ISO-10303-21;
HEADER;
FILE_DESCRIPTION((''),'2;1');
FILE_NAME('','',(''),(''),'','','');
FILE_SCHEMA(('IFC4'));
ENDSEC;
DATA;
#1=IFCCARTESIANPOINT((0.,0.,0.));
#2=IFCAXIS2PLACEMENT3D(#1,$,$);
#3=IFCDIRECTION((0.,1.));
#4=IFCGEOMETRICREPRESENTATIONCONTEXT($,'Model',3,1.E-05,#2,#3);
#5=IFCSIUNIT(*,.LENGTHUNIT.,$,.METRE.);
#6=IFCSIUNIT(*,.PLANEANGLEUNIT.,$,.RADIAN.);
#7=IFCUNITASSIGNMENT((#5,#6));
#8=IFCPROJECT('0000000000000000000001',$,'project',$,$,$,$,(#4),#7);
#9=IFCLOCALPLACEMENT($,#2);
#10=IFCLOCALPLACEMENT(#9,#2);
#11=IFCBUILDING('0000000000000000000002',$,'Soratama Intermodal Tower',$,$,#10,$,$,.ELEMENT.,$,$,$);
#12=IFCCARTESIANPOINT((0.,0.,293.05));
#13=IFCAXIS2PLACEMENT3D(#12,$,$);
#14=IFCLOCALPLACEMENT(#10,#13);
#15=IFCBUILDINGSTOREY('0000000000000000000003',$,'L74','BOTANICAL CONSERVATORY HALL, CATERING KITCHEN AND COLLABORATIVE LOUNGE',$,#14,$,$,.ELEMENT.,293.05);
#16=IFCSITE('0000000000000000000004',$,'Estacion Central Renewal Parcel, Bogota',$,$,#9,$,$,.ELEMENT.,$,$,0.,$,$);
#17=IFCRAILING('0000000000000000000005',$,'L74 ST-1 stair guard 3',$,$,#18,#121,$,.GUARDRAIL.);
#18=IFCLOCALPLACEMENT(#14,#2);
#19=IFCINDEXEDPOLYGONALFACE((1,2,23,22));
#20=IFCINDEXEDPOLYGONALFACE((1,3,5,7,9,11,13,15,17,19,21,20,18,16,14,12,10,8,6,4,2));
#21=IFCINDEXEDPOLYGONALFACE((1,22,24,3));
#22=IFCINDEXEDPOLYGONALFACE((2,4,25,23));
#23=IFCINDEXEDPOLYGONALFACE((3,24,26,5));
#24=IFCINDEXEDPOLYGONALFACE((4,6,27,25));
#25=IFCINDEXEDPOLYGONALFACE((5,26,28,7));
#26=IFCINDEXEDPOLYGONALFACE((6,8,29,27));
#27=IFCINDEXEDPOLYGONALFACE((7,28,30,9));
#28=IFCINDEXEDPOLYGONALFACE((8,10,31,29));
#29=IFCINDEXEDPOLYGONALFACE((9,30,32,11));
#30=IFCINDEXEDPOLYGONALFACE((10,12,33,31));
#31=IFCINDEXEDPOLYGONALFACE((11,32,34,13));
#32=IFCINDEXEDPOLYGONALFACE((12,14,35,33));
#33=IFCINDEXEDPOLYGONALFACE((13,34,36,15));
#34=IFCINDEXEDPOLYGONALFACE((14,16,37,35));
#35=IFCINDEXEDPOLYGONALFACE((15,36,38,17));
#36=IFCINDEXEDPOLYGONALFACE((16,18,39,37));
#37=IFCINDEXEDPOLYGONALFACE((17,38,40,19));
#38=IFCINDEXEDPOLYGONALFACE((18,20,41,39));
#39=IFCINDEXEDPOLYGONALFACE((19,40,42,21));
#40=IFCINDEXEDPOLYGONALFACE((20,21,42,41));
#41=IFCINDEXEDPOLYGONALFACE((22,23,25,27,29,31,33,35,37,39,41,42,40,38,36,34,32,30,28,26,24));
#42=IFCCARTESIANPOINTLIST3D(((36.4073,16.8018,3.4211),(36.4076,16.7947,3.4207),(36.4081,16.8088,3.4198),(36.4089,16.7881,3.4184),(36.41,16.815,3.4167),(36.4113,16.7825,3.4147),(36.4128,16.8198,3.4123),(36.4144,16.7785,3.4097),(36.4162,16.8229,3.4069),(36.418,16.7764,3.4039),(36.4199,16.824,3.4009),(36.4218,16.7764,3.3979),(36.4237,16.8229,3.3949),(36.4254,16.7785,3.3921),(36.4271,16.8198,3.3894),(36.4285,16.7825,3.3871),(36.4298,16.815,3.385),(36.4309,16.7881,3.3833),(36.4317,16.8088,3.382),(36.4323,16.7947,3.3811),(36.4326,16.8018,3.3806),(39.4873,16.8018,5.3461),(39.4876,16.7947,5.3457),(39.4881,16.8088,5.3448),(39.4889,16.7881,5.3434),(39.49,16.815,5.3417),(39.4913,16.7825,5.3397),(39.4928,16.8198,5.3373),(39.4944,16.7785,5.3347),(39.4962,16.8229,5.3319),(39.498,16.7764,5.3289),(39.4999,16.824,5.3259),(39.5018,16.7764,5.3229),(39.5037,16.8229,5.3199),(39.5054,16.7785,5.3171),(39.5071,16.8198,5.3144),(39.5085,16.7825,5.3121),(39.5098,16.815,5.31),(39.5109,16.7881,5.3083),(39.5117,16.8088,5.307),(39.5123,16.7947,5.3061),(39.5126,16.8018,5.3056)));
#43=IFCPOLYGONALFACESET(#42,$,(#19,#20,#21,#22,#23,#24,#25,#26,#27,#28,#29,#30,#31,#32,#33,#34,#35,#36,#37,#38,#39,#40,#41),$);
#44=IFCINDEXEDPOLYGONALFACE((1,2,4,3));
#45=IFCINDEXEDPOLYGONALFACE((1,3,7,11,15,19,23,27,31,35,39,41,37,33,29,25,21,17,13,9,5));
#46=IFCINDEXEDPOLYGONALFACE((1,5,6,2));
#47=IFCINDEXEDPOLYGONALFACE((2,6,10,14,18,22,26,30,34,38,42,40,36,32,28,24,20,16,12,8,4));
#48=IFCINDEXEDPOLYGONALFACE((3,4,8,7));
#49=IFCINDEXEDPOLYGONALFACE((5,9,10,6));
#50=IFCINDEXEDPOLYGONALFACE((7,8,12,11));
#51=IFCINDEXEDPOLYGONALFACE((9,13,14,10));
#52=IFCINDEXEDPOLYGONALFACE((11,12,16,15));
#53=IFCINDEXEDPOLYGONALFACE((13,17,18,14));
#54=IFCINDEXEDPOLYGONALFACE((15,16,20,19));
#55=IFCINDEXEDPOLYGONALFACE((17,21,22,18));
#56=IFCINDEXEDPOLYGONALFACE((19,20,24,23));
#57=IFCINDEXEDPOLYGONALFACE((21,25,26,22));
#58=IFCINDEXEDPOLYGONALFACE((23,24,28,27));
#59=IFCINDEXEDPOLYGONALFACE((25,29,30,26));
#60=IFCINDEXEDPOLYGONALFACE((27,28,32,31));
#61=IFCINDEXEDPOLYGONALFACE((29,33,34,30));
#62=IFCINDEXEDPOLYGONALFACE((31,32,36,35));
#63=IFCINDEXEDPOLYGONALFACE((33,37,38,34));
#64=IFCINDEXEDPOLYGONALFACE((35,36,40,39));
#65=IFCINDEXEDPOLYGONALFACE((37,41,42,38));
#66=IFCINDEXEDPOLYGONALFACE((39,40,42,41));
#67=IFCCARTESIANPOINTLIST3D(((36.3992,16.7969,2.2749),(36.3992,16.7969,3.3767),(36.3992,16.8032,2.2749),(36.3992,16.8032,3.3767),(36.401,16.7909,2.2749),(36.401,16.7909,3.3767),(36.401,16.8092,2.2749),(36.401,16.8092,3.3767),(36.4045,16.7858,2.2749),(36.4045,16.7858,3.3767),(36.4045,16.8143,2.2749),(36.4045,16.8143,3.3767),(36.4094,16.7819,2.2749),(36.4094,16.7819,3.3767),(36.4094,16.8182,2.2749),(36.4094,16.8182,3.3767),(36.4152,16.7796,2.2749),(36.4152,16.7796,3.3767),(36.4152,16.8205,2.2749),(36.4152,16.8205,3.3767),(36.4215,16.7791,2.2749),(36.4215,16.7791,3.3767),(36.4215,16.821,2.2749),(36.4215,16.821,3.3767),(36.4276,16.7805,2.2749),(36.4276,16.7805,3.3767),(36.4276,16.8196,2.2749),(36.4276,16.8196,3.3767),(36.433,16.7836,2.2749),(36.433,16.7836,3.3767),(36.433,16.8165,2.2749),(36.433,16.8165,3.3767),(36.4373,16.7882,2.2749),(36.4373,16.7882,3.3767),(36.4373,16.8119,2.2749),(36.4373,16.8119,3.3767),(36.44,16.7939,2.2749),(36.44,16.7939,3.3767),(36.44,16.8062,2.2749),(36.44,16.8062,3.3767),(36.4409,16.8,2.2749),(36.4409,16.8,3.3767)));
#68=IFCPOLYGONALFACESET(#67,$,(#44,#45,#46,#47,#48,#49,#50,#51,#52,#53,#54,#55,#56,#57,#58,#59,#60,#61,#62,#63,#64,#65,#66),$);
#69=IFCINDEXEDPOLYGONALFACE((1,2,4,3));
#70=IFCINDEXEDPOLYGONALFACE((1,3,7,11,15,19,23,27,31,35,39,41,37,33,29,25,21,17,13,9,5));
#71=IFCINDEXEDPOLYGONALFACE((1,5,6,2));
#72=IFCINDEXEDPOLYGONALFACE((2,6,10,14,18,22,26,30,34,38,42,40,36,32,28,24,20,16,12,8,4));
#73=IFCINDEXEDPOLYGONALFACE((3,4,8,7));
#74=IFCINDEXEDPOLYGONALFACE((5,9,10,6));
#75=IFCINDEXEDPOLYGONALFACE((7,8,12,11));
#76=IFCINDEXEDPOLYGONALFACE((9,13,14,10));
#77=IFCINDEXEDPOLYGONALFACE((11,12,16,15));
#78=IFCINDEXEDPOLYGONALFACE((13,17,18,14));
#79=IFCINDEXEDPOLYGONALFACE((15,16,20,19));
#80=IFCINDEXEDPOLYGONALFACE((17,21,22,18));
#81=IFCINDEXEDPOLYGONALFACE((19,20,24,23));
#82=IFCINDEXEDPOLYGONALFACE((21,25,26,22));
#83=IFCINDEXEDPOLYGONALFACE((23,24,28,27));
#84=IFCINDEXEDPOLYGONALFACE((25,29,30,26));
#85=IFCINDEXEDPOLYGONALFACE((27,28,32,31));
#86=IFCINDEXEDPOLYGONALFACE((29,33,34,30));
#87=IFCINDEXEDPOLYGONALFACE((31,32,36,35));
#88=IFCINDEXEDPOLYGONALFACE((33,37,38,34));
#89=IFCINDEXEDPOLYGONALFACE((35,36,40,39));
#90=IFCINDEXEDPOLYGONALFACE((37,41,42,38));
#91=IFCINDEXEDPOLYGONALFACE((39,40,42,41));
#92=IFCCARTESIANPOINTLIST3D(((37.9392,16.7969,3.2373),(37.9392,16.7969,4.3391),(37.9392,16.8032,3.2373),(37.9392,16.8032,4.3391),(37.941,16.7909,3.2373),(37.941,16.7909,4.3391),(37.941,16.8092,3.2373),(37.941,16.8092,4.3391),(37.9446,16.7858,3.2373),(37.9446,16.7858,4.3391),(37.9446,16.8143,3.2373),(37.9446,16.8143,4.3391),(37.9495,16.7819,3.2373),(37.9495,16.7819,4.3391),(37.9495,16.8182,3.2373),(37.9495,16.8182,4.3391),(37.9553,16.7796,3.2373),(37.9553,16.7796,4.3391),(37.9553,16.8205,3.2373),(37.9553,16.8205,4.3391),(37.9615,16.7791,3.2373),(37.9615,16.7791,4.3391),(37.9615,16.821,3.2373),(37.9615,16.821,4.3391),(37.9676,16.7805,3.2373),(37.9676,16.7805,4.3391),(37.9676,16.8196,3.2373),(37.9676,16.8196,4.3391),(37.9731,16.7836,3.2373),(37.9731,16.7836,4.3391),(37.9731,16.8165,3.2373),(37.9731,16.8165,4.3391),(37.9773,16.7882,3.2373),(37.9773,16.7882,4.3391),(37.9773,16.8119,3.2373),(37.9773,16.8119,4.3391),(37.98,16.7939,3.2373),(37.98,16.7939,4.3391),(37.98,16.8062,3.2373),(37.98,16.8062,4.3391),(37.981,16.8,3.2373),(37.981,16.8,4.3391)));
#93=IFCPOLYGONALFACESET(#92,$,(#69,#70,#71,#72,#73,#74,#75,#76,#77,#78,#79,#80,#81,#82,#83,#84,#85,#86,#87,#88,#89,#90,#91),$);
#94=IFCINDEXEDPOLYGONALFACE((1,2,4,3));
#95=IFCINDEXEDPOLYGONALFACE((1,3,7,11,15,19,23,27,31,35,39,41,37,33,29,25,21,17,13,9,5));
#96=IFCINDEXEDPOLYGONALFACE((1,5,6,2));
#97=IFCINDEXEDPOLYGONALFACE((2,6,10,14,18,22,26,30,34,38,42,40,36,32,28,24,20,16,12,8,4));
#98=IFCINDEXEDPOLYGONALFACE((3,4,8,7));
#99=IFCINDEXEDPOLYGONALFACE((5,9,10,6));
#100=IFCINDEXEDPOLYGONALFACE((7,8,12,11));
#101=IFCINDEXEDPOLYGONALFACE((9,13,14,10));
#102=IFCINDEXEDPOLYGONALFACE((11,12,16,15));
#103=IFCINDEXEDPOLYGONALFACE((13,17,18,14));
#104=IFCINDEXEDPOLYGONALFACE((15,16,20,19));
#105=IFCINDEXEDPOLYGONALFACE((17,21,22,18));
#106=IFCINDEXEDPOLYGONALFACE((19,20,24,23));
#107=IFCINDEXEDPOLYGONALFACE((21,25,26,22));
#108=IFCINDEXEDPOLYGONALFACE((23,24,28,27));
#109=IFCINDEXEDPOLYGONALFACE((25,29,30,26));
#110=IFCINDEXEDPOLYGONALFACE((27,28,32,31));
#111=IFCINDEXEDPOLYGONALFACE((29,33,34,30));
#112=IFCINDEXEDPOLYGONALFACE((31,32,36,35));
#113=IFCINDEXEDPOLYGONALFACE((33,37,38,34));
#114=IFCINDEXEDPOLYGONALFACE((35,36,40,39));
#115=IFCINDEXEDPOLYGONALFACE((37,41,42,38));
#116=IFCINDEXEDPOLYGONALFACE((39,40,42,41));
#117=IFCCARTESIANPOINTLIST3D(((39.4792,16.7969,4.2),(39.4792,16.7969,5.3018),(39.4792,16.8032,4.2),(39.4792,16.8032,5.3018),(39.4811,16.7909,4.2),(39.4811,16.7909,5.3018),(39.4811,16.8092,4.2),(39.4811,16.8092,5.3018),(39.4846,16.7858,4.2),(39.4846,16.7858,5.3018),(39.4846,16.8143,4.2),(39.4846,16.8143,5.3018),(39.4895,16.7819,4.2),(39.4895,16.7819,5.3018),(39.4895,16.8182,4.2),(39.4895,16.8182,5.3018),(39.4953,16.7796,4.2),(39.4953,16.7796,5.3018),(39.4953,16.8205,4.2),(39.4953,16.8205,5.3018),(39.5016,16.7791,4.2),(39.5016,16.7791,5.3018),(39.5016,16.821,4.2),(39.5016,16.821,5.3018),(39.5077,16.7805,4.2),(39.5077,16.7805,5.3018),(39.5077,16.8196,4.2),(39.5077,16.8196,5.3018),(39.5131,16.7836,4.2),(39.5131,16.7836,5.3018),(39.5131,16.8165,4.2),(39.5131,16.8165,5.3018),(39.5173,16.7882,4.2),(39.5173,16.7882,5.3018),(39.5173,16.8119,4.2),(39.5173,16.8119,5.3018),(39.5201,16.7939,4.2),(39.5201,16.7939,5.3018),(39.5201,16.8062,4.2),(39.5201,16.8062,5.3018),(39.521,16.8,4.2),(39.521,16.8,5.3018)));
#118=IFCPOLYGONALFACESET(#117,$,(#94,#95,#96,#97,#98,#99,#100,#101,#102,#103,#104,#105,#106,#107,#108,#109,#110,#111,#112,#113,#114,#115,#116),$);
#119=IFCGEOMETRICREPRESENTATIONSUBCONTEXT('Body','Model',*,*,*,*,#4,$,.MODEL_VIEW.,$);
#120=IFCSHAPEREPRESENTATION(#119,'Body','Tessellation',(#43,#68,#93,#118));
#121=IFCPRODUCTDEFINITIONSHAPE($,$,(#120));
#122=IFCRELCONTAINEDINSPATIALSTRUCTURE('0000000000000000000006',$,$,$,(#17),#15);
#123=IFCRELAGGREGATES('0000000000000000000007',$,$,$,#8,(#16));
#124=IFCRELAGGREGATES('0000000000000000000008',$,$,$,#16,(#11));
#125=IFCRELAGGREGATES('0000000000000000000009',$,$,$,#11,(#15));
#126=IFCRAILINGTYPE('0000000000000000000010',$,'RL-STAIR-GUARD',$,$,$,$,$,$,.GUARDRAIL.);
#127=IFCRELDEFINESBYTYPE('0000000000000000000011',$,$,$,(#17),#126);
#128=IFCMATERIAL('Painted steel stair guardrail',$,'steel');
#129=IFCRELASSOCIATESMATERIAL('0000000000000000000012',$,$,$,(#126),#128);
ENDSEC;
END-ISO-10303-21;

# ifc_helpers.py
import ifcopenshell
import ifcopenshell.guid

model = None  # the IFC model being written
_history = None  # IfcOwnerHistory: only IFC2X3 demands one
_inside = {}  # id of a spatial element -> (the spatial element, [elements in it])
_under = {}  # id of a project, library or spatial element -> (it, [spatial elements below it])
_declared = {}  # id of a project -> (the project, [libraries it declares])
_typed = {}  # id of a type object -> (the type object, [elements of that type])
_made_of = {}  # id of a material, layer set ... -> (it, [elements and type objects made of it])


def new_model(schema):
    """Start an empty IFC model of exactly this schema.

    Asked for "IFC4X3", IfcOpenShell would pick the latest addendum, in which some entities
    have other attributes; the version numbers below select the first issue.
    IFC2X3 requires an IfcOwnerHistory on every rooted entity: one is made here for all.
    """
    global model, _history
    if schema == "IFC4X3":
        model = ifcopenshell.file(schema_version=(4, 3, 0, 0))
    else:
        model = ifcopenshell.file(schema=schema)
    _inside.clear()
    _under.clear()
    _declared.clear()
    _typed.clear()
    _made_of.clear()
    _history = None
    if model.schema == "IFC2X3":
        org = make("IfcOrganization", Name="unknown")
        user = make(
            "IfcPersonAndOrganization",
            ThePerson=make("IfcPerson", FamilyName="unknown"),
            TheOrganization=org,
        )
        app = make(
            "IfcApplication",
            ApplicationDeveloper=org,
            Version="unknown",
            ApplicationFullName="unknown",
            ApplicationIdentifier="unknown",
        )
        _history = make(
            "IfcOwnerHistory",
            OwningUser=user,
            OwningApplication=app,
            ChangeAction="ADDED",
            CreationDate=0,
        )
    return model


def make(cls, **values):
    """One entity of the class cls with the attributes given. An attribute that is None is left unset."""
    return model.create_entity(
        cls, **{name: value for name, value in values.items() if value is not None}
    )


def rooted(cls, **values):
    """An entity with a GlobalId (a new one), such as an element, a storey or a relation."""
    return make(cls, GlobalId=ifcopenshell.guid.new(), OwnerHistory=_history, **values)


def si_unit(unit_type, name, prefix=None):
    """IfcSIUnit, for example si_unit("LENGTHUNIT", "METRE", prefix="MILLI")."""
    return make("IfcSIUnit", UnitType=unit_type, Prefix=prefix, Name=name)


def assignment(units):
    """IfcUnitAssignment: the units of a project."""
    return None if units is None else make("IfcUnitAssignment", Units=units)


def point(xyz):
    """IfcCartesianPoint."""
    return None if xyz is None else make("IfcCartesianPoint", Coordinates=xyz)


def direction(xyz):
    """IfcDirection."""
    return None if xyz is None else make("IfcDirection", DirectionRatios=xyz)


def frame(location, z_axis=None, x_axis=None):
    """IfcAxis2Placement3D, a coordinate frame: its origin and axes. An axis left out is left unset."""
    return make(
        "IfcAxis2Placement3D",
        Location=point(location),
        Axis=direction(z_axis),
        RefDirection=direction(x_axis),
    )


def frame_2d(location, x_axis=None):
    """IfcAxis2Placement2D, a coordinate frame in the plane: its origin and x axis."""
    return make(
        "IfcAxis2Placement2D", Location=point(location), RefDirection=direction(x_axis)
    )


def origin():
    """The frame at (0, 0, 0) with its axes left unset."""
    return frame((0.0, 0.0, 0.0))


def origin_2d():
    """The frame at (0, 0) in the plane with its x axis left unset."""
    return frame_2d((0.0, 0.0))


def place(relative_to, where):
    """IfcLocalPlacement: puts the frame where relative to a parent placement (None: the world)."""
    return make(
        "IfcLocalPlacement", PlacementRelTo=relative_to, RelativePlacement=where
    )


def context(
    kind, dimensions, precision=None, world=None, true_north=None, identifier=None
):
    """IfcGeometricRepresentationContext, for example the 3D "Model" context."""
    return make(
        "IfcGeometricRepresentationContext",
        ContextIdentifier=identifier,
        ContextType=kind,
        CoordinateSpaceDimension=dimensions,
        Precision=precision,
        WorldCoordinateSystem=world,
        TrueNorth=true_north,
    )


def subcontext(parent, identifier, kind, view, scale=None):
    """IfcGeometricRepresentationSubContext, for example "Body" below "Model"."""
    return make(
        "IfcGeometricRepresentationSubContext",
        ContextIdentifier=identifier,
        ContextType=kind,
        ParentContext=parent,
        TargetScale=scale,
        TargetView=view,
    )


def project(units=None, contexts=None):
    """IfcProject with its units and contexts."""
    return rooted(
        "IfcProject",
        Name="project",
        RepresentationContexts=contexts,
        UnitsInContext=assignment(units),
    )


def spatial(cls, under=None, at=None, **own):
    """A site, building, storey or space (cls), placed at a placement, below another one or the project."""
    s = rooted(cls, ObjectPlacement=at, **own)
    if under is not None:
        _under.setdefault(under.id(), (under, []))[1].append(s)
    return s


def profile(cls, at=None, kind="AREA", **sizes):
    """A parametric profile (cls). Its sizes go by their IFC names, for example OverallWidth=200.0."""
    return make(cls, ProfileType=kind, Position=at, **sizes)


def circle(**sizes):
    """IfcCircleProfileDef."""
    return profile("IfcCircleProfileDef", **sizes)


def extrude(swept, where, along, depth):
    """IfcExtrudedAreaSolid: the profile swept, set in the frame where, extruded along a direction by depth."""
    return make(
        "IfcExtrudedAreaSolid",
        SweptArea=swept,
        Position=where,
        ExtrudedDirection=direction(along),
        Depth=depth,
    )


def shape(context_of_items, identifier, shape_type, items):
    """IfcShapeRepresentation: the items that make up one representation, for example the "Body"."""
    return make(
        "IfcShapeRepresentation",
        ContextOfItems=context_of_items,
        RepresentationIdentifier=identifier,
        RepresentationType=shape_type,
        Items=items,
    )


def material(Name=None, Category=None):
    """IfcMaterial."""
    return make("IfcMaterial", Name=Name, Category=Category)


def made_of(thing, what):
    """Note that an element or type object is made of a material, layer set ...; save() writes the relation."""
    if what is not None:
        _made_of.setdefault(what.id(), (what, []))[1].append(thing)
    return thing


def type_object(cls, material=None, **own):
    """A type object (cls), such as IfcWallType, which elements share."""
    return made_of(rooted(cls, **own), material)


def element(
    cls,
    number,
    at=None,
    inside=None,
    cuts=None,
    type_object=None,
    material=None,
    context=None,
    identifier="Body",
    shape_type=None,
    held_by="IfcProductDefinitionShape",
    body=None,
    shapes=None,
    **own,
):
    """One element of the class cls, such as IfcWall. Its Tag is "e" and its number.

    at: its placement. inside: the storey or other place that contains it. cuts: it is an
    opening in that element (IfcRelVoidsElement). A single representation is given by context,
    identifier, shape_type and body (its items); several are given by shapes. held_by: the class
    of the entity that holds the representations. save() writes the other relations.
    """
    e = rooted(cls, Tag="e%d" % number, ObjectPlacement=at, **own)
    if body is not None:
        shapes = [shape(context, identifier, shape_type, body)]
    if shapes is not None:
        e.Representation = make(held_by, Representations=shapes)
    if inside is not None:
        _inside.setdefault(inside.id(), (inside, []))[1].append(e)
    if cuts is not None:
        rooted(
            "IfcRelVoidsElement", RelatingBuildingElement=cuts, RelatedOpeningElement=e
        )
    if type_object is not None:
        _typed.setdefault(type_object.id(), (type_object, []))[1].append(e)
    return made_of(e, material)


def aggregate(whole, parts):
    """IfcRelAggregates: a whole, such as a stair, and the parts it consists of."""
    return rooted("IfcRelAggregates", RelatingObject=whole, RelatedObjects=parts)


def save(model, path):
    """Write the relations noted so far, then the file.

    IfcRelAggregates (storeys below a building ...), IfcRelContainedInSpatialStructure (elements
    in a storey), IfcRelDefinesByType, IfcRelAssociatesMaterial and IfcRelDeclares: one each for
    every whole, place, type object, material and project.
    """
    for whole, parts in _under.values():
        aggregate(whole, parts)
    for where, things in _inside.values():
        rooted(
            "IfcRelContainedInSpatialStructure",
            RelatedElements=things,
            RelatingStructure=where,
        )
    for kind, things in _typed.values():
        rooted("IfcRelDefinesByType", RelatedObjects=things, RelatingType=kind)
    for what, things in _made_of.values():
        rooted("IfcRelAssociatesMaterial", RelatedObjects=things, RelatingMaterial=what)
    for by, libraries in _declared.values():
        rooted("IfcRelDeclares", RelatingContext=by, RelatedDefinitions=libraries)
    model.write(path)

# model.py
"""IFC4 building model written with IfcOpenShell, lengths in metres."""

from ifc_helpers import new_model, si_unit, direction, frame, origin, origin_2d, place, context, subcontext, project, spatial, circle, extrude, material, type_object, element, save


model = new_model("IFC4")

# Units and contexts
model_context = context("Model", 3, precision=1e-05, world=origin(), true_north=direction((0.0, 1.0)))
body_context = subcontext(model_context, "Body", "Model", "MODEL_VIEW")
ifc_project = project(units=[si_unit("LENGTHUNIT", "METRE"), si_unit("PLANEANGLEUNIT", "RADIAN")], contexts=[model_context])

# Site, building, storey
site_placement = place(None, origin())
site = spatial("IfcSite", under=ifc_project, at=site_placement, Name="Estacion Central Renewal Parcel, Bogota", CompositionType="ELEMENT", RefElevation=0.0)
building_placement = place(site_placement, origin())
building = spatial("IfcBuilding", under=site, at=building_placement, Name="Soratama Intermodal Tower", CompositionType="ELEMENT")
storey_placement = place(building_placement, frame((0.0, 0.0, 293.05)))
storey = spatial("IfcBuildingStorey", under=building, at=storey_placement, Name="L74", Description="BOTANICAL CONSERVATORY HALL, CATERING KITCHEN AND COLLABORATIVE LOUNGE", CompositionType="ELEMENT", Elevation=293.05)

# Railing
ifc_material_1 = material(Name="Painted steel stair guardrail", Category="steel")
railing_type_1 = type_object("IfcRailingType", Name="RL-STAIR-GUARD", PredefinedType="GUARDRAIL", material=ifc_material_1)
railing_1_placement = place(storey_placement, frame((36.4199, 16.8, 2.2749)))
element("IfcRailing", 1, at=railing_1_placement, inside=storey, type_object=railing_type_1, Name="L74 ST-1 stair guard 3", PredefinedType="GUARDRAIL", context=body_context, shape_type="SweptSolid", body=[
    extrude(circle(Radius=0.0239, at=origin_2d()), frame((0.0, 0.0, 1.126), z_axis=(0.847998, 0.0, 0.529999), x_axis=(0.0, 1.0, 0.0)), (0.0, 0.0, 1.0), 3.6321),
    extrude(circle(Radius=0.021, at=origin_2d()), origin(), (0.0, 0.0, 1.0), 1.1018),
    extrude(circle(Radius=0.021, at=origin_2d()), frame((1.54, 0.0, 0.9624)), (0.0, 0.0, 1.0), 1.1018),
    extrude(circle(Radius=0.021, at=origin_2d()), frame((3.0801, 0.0, 1.925)), (0.0, 0.0, 1.0), 1.1018),
])

save(model, "model.ifc")
